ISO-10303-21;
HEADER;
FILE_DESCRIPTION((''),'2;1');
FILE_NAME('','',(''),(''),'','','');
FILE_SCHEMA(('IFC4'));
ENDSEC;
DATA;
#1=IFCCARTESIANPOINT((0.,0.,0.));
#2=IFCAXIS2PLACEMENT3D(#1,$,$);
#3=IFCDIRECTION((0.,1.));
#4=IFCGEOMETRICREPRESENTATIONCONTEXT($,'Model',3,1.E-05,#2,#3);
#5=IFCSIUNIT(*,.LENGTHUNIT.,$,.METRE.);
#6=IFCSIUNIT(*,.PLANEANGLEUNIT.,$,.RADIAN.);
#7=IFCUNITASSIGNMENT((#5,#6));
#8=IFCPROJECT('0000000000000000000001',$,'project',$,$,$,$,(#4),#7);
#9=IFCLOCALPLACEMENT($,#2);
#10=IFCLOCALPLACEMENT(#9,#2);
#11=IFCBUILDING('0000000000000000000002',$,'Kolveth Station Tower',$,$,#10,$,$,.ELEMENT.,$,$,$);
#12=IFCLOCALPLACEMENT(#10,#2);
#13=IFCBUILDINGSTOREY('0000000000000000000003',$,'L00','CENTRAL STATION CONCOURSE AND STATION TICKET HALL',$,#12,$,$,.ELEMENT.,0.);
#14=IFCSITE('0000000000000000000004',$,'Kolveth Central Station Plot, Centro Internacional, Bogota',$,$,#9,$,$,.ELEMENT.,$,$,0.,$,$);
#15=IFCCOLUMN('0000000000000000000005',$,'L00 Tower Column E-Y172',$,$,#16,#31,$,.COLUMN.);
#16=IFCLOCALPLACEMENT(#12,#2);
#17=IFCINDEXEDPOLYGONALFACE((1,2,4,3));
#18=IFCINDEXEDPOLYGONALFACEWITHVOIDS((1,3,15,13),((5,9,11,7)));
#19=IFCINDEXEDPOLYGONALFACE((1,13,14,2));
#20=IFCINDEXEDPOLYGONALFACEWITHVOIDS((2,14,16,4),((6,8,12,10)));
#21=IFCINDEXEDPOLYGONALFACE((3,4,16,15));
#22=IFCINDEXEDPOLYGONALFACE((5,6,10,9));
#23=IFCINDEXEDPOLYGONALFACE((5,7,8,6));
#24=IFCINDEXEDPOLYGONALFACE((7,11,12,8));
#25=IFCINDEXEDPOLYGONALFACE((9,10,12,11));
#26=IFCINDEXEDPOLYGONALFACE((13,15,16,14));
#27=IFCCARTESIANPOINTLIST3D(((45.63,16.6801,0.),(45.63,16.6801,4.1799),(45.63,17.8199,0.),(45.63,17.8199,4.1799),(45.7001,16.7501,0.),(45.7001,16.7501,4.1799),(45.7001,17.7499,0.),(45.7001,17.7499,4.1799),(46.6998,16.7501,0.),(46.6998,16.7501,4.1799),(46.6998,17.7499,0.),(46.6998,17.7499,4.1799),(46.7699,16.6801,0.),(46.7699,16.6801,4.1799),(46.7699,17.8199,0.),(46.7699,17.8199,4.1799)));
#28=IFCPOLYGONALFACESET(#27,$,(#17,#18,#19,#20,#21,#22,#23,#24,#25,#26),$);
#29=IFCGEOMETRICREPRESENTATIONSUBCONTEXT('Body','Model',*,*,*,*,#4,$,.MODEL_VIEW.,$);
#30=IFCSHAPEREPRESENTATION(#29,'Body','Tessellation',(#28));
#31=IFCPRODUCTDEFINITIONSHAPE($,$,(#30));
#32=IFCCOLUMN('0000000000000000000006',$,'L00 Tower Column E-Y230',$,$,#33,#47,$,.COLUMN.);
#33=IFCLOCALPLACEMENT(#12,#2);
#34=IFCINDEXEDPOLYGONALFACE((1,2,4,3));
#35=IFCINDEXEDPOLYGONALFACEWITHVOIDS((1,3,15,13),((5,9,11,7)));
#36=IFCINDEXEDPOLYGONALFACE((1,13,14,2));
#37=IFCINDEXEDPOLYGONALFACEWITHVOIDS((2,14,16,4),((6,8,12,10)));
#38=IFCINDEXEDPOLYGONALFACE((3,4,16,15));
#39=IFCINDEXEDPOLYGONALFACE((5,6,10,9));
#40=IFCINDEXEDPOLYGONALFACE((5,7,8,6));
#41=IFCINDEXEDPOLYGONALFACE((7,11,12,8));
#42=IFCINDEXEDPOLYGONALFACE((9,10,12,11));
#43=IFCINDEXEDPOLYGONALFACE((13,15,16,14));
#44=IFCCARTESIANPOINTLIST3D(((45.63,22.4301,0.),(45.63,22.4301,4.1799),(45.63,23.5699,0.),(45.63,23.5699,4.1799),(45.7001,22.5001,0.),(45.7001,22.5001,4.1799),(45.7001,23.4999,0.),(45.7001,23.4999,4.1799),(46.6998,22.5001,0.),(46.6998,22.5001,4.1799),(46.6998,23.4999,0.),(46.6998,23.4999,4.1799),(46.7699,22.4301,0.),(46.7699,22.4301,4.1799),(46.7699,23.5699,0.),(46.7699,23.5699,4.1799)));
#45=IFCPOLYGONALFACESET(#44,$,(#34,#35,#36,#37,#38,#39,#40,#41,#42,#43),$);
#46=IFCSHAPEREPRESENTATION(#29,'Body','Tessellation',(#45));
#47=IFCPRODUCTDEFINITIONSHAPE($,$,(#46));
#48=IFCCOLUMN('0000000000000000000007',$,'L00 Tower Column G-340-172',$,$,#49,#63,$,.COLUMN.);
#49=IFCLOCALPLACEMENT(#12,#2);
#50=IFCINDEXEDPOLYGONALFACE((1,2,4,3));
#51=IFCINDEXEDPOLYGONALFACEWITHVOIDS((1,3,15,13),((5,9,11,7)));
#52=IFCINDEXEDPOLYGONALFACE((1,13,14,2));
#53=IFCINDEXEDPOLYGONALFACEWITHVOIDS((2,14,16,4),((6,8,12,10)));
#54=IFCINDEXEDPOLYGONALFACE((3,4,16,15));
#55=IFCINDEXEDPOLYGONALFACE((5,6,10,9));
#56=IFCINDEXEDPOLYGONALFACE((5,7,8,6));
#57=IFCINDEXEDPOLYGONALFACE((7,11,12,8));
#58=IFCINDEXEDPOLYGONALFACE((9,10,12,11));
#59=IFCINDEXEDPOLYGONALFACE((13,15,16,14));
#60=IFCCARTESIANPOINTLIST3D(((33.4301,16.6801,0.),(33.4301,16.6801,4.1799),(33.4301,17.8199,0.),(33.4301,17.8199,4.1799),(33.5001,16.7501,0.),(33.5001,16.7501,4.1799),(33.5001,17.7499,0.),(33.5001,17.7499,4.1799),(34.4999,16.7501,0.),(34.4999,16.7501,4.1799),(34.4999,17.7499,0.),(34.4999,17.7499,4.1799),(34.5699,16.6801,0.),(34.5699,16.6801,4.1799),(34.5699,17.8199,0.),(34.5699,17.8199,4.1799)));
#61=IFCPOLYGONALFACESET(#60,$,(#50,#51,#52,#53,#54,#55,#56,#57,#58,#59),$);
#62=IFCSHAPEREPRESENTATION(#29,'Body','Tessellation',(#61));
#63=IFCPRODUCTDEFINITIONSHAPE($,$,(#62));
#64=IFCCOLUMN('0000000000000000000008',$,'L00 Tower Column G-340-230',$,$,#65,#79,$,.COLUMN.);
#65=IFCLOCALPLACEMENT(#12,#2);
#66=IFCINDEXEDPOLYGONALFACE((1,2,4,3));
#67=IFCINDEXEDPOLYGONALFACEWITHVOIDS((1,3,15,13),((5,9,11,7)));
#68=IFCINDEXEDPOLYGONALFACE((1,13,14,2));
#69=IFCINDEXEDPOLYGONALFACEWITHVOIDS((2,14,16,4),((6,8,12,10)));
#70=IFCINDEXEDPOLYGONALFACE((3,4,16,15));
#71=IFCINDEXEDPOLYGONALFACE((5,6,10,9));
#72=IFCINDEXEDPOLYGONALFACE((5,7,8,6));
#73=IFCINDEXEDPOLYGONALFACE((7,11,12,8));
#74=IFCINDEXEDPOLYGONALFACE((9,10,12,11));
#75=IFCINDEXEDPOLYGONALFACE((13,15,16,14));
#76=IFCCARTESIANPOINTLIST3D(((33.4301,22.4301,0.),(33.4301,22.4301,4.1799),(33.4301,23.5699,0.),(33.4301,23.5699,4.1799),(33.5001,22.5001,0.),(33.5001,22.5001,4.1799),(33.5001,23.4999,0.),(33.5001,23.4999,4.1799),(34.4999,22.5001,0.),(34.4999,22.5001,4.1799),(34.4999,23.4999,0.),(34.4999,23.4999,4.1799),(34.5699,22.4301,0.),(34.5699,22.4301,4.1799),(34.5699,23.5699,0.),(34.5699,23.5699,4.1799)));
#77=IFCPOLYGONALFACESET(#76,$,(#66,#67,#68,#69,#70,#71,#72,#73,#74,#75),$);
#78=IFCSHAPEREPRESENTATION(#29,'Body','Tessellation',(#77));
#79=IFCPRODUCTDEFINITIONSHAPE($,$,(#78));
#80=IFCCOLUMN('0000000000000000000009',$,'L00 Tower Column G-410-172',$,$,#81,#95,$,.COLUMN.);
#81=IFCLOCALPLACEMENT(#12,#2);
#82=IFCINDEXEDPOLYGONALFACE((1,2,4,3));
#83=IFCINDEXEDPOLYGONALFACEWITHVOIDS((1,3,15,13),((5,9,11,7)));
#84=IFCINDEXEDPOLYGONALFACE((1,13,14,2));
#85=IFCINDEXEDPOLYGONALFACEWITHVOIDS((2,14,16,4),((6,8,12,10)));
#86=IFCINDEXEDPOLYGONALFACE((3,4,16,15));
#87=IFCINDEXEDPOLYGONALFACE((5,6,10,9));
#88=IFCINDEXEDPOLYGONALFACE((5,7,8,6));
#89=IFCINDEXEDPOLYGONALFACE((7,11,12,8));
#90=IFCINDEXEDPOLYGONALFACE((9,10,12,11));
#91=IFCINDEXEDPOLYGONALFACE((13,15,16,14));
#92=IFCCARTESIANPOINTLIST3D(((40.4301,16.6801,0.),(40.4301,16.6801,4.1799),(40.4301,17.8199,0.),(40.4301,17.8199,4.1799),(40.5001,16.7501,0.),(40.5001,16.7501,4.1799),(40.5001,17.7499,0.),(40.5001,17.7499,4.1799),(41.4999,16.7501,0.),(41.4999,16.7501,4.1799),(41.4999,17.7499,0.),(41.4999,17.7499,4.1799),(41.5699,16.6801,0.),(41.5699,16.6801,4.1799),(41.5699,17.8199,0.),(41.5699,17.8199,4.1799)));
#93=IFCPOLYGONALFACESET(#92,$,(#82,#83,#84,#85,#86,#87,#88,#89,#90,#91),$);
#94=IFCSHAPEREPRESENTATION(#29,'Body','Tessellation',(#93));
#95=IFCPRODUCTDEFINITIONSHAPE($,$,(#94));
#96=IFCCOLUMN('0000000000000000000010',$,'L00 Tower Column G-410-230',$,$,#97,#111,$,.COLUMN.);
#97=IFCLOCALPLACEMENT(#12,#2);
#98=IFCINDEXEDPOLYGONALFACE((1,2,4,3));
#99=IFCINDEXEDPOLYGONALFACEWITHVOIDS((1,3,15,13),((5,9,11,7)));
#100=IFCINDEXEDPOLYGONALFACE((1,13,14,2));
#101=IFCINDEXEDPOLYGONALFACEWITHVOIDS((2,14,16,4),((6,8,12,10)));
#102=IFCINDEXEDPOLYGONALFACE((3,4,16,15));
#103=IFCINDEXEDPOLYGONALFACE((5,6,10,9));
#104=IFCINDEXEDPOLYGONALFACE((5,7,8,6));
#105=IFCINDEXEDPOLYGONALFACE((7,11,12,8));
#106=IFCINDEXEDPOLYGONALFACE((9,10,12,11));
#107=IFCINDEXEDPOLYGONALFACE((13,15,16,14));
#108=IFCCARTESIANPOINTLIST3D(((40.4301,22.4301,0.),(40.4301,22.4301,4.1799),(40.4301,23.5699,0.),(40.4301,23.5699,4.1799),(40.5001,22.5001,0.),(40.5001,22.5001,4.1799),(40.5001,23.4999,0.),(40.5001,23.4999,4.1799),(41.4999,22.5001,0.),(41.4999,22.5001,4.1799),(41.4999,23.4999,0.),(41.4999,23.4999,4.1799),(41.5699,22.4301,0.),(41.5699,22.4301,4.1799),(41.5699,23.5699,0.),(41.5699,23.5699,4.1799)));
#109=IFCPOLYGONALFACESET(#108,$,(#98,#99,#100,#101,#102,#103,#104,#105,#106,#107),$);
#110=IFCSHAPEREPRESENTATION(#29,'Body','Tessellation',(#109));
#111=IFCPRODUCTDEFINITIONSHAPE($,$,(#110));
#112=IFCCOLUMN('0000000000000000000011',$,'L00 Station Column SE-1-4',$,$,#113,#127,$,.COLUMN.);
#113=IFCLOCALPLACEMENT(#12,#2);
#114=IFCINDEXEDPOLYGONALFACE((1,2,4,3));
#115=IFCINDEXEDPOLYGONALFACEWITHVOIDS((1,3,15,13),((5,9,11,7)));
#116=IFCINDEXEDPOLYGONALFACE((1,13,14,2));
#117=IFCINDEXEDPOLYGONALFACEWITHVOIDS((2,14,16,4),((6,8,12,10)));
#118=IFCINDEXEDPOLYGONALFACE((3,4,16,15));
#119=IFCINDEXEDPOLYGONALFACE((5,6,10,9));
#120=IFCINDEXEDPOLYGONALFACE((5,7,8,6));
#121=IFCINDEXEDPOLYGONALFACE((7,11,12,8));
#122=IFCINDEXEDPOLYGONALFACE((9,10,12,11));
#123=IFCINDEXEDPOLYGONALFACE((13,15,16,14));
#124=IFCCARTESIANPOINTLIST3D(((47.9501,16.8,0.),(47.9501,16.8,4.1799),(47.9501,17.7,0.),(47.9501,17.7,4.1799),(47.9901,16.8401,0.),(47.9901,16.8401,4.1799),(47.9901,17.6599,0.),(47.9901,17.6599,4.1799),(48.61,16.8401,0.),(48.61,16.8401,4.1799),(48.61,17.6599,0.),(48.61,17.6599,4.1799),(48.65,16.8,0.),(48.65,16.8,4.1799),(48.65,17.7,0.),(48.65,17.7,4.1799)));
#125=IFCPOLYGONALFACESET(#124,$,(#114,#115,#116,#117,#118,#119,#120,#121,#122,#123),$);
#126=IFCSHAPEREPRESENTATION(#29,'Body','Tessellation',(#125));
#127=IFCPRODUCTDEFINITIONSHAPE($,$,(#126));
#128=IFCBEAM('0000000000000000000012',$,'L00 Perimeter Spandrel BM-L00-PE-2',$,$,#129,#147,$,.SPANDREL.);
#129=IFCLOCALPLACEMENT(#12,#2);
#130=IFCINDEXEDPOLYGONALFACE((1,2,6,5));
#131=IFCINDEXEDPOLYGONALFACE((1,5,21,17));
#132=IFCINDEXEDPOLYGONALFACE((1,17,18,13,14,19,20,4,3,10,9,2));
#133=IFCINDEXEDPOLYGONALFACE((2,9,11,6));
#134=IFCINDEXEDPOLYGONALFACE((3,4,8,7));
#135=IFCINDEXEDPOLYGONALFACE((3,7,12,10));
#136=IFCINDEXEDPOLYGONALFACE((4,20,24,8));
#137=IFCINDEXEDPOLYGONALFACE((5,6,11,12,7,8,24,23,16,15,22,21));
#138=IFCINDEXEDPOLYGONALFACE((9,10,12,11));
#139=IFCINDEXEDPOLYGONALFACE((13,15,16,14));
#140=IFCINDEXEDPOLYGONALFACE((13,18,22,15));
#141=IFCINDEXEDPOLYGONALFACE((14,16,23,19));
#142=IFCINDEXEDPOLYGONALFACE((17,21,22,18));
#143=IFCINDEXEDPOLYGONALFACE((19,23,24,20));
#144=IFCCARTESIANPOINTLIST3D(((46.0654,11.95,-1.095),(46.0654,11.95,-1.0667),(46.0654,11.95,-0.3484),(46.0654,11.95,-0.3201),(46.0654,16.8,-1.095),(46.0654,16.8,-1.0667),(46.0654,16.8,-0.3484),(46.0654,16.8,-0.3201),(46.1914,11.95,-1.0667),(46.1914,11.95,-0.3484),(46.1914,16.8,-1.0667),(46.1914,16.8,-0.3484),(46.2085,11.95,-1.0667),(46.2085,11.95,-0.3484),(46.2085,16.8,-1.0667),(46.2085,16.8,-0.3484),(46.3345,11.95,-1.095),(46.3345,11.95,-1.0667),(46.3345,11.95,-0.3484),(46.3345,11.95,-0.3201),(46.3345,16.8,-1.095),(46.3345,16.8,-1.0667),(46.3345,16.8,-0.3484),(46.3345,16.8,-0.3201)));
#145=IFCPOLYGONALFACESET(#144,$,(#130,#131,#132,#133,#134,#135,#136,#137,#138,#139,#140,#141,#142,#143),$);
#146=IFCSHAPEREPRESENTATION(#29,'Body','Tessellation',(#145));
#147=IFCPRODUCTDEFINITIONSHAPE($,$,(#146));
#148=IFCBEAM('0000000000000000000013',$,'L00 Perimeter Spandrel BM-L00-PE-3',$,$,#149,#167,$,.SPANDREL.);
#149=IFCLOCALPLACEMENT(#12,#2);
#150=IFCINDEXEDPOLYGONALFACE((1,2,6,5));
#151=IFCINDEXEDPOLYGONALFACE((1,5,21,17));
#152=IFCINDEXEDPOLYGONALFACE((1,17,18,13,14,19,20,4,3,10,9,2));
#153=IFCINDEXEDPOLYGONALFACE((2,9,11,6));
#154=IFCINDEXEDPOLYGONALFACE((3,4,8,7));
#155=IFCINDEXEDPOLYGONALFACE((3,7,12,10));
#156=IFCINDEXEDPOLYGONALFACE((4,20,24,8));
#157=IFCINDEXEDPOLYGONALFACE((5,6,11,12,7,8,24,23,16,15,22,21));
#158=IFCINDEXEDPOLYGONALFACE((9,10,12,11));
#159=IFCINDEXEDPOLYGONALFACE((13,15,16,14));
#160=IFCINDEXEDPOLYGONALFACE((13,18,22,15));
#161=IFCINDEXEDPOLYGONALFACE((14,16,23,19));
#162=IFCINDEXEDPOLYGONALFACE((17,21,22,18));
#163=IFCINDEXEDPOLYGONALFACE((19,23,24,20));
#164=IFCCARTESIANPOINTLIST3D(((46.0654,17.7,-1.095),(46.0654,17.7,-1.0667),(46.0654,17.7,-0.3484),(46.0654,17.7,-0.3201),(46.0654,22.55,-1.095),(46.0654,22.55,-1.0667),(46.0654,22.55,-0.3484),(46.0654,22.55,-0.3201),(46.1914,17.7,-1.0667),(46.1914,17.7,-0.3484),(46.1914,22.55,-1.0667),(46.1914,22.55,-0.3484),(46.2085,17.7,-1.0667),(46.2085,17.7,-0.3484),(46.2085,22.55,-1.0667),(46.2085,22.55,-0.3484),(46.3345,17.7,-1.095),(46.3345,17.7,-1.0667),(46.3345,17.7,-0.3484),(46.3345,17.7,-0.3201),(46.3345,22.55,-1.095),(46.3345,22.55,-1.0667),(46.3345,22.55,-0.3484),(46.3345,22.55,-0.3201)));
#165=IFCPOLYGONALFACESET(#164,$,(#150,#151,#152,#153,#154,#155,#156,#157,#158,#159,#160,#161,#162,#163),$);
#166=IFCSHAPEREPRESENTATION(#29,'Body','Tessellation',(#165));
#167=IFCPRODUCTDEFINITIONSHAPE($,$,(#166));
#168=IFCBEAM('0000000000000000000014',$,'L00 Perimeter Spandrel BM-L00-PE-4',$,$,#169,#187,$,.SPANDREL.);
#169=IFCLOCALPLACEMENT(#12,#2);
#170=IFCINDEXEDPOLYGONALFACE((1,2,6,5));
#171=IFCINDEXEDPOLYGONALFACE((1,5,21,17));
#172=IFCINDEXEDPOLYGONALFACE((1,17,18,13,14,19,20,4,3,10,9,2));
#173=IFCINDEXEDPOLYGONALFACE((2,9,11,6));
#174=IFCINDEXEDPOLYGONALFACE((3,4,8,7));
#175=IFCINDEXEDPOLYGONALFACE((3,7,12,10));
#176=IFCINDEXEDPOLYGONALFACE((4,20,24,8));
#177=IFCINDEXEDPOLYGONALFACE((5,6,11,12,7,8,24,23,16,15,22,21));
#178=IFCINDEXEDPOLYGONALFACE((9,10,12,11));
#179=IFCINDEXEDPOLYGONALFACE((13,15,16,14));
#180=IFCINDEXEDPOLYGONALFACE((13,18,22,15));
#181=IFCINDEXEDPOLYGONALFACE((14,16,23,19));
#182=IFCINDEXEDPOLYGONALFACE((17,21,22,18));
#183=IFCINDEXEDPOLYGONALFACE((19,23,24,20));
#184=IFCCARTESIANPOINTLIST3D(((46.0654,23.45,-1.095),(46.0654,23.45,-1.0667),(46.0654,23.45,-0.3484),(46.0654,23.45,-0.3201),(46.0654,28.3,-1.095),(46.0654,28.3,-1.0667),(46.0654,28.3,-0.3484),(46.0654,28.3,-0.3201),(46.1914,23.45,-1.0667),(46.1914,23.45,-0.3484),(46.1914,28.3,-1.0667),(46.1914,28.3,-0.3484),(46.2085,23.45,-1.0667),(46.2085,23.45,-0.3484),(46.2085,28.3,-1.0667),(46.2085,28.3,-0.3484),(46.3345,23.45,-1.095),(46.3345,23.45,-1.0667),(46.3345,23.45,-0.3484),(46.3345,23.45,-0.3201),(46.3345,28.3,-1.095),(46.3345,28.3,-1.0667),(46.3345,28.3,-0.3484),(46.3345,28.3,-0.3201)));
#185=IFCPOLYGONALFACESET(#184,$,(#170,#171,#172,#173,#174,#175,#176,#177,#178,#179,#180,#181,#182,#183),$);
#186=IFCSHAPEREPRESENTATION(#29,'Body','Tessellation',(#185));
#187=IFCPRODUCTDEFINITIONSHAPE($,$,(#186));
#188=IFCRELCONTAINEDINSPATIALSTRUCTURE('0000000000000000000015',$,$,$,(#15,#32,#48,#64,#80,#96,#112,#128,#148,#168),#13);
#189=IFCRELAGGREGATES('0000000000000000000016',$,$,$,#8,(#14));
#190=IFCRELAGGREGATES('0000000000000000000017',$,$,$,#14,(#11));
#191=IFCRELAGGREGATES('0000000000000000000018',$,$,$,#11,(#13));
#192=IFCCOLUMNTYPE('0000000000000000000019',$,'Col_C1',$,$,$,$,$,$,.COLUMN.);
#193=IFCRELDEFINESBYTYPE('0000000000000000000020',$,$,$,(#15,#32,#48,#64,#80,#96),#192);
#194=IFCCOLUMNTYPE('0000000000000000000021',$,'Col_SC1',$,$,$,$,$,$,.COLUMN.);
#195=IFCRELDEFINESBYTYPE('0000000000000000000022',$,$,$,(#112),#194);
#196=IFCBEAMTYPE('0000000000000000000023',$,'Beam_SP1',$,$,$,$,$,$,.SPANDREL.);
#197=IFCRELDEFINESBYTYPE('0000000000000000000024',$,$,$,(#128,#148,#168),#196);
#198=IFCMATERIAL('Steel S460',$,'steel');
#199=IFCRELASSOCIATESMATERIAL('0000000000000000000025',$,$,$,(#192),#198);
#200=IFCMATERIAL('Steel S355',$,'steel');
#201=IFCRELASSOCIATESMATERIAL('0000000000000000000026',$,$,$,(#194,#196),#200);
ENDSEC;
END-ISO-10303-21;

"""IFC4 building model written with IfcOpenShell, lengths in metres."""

from ifc_helpers import new_model, si_unit, direction, frame, origin, origin_2d, place, context, subcontext, project, spatial, hollow_rectangle, i_section, extrude, source, transform, mapped, material, material_profile, profile_set, type_object, element, save


model = new_model("IFC4")

# Units and contexts
model_context = context("Model", 3, precision=1e-05, world=origin(), true_north=direction((0.0, 1.0)))
body_context = subcontext(model_context, "Body", "Model", "MODEL_VIEW")
ifc_project = project(units=[si_unit("LENGTHUNIT", "METRE"), si_unit("PLANEANGLEUNIT", "RADIAN")], contexts=[model_context])

# Site, building, storey
site_placement = place(None, origin())
site = spatial("IfcSite", under=ifc_project, at=site_placement, Name="Kolveth Central Station Plot, Centro Internacional, Bogota", CompositionType="ELEMENT", RefElevation=0.0)
building_placement = place(site_placement, origin())
building = spatial("IfcBuilding", under=site, at=building_placement, Name="Kolveth Station Tower", CompositionType="ELEMENT")
storey_placement = place(building_placement, origin())
storey = spatial("IfcBuildingStorey", under=building, at=storey_placement, Name="L00", Description="CENTRAL STATION CONCOURSE AND STATION TICKET HALL", CompositionType="ELEMENT", Elevation=0.0)

# Columns
ifc_material_1 = material(Name="Steel S460", Category="steel")
ifc_material_profile_1 = material_profile(ifc_material_1, hollow_rectangle(XDim=1.1399, YDim=1.1399, WallThickness=0.0701, at=origin_2d()), Name="BOX1140x1140x70")
ifc_profile_set_1 = profile_set([ifc_material_profile_1], Name="Steel S460")
column_type_1 = type_object("IfcColumnType", Name="Col_C1", PredefinedType="COLUMN", material=ifc_profile_set_1)
shared_shape_1 = source(origin(), body_context, "Body", "SweptSolid", [
    extrude(hollow_rectangle(XDim=1.1399, YDim=1.1399, WallThickness=0.0701, at=origin_2d()), origin(), (0.0, 0.0, 1.0), 4.1799),
])
for number, where, z_axis, x_axis, name in (
    (1, (46.2, 17.25, 0.0), (0.0, 0.0, 1.0), (1.0, 0.0, 0.0), "L00 Tower Column E-Y172"),
    (2, (46.2, 23.0, 0.0), (0.0, 0.0, 1.0), (1.0, 0.0, 0.0), "L00 Tower Column E-Y230"),
    (3, (34.0, 17.25, 0.0), (0.0, 0.0, 1.0), (1.0, 0.0, 0.0), "L00 Tower Column G-340-172"),
    (4, (34.0, 23.0, 0.0), (0.0, 0.0, 1.0), (1.0, 0.0, 0.0), "L00 Tower Column G-340-230"),
    (5, (41.0, 17.25, 0.0), (0.0, 0.0, 1.0), (1.0, 0.0, 0.0), "L00 Tower Column G-410-172"),
    (6, (41.0, 23.0, 0.0), (0.0, 0.0, 1.0), (1.0, 0.0, 0.0), "L00 Tower Column G-410-230"),
):
    element("IfcColumn", number, at=place(storey_placement, frame(where, z_axis=z_axis, x_axis=x_axis)), inside=storey, type_object=column_type_1, Name=name, PredefinedType="COLUMN", context=body_context, shape_type="MappedRepresentation", body=[
        mapped(shared_shape_1, transform((0.0, 0.0, 0.0), x_axis=(1.0, 0.0, 0.0), y_axis=(0.0, 1.0, 0.0), z_axis=(0.0, 0.0, 1.0), scale=1.0)),
    ])
ifc_material_2 = material(Name="Steel S355", Category="steel")
ifc_material_profile_2 = material_profile(ifc_material_2, hollow_rectangle(XDim=0.7, YDim=0.8999, WallThickness=0.04, at=origin_2d()), Name="BOX900x700x40")
ifc_profile_set_2 = profile_set([ifc_material_profile_2], Name="Steel S355")
column_type_2 = type_object("IfcColumnType", Name="Col_SC1", PredefinedType="COLUMN", material=ifc_profile_set_2)
shared_shape_2 = source(origin(), body_context, "Body", "SweptSolid", [
    extrude(hollow_rectangle(XDim=0.7, YDim=0.8999, WallThickness=0.04, at=origin_2d()), origin(), (0.0, 0.0, 1.0), 4.1799),
])
column_placement = place(storey_placement, frame((48.3, 17.25, 0.0), z_axis=(0.0, 0.0, 1.0), x_axis=(1.0, 0.0, 0.0)))
element("IfcColumn", 7, at=column_placement, inside=storey, type_object=column_type_2, Name="L00 Station Column SE-1-4", PredefinedType="COLUMN", context=body_context, shape_type="MappedRepresentation", body=[
    mapped(shared_shape_2, transform((0.0, 0.0, 0.0), x_axis=(1.0, 0.0, 0.0), y_axis=(0.0, 1.0, 0.0), z_axis=(0.0, 0.0, 1.0), scale=1.0)),
])

# Beams
ifc_material_profile_3 = material_profile(ifc_material_2, i_section(OverallWidth=0.269, OverallDepth=0.7749, WebThickness=0.0171, FlangeThickness=0.0283, at=origin_2d()), Name="W760x220")
ifc_profile_set_3 = profile_set([ifc_material_profile_3], Name="Steel S355")
beam_type_1 = type_object("IfcBeamType", Name="Beam_SP1", PredefinedType="SPANDREL", material=ifc_profile_set_3)
shared_shape_3 = source(origin(), body_context, "Body", "SweptSolid", [
    extrude(i_section(OverallWidth=0.269, OverallDepth=0.7749, WebThickness=0.0171, FlangeThickness=0.0283, at=origin_2d()), origin(), (0.0, 0.0, 1.0), 4.8501),
])
for number, where, z_axis, x_axis, name in (
    (8, (46.2, 11.95, -0.7075), (0.0, 1.0, 0.0), (-1.0, 0.0, 0.0), "L00 Perimeter Spandrel BM-L00-PE-2"),
    (9, (46.2, 17.7, -0.7075), (0.0, 1.0, 0.0), (-1.0, 0.0, 0.0), "L00 Perimeter Spandrel BM-L00-PE-3"),
    (10, (46.2, 23.45, -0.7075), (0.0, 1.0, 0.0), (-1.0, 0.0, 0.0), "L00 Perimeter Spandrel BM-L00-PE-4"),
):
    element("IfcBeam", number, at=place(storey_placement, frame(where, z_axis=z_axis, x_axis=x_axis)), inside=storey, type_object=beam_type_1, Name=name, PredefinedType="SPANDREL", context=body_context, shape_type="MappedRepresentation", body=[
        mapped(shared_shape_3, transform((0.0, 0.0, 0.0), x_axis=(1.0, 0.0, 0.0), y_axis=(0.0, 1.0, 0.0), z_axis=(0.0, 0.0, 1.0), scale=1.0)),
    ])

save(model, "model.ifc")
